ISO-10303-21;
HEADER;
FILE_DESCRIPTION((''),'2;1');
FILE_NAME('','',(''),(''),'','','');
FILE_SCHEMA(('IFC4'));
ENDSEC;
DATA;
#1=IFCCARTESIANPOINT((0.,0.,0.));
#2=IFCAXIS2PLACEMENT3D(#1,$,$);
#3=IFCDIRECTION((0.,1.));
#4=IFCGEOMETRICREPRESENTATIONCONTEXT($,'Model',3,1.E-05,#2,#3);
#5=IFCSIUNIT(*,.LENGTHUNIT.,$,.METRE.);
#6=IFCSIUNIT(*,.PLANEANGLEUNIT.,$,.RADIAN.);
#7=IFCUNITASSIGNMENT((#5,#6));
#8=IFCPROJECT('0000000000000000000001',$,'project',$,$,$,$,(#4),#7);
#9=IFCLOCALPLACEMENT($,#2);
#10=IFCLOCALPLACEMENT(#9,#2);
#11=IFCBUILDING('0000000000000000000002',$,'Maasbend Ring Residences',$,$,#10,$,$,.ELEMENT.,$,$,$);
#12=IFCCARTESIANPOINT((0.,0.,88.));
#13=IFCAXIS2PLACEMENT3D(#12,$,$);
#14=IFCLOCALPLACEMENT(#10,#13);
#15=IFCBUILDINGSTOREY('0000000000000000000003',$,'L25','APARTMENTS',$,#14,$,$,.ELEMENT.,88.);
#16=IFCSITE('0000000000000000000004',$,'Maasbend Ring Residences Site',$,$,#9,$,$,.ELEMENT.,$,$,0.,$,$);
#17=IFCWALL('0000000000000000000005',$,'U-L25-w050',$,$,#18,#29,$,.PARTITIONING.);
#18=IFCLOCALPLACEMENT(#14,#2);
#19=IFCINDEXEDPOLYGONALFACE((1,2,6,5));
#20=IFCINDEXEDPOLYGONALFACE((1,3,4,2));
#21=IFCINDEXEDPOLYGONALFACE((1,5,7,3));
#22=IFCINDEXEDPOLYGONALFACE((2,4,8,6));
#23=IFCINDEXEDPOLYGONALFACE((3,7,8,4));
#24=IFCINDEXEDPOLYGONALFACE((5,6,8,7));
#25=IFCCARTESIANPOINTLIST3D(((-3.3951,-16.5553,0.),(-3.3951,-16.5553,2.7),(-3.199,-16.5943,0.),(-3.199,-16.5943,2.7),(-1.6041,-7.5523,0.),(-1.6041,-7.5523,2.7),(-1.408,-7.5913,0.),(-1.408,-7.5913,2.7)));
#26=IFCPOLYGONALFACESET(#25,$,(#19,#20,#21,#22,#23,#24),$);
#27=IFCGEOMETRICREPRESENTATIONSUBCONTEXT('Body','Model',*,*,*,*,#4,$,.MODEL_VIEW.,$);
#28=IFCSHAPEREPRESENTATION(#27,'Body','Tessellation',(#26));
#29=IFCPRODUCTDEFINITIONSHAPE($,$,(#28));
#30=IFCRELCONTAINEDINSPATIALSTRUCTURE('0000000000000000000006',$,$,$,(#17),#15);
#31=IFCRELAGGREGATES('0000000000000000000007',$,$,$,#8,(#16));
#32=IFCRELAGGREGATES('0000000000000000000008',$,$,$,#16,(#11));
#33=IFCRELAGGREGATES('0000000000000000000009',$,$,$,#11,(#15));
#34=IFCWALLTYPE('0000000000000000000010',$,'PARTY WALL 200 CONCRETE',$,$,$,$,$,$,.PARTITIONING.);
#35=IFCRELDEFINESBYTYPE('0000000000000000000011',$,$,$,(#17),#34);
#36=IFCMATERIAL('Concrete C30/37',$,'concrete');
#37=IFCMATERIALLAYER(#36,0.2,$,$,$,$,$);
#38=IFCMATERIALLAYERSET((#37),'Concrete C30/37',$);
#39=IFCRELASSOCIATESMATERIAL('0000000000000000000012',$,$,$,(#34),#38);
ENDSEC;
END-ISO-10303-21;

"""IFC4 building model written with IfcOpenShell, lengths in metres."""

from ifc_helpers import new_model, si_unit, direction, frame, frame_2d, origin, place, context, subcontext, project, spatial, rectangle, extrude, material, layer, layer_set, type_object, element, save


model = new_model("IFC4")

# Units and contexts
model_context = context("Model", 3, precision=1e-05, world=origin(), true_north=direction((0.0, 1.0)))
body_context = subcontext(model_context, "Body", "Model", "MODEL_VIEW")
ifc_project = project(units=[si_unit("LENGTHUNIT", "METRE"), si_unit("PLANEANGLEUNIT", "RADIAN")], contexts=[model_context])

# Site, building, storey
site_placement = place(None, origin())
site = spatial("IfcSite", under=ifc_project, at=site_placement, Name="Maasbend Ring Residences Site", CompositionType="ELEMENT", RefElevation=0.0)
building_placement = place(site_placement, origin())
building = spatial("IfcBuilding", under=site, at=building_placement, Name="Maasbend Ring Residences", CompositionType="ELEMENT")
storey_placement = place(building_placement, frame((0.0, 0.0, 88.0)))
storey = spatial("IfcBuildingStorey", under=building, at=storey_placement, Name="L25", Description="APARTMENTS", CompositionType="ELEMENT", Elevation=88.0)

# Wall
ifc_material_1 = material(Name="Concrete C30/37", Category="concrete")
ifc_layer_1 = layer(ifc_material_1, 0.2)
ifc_layer_set_1 = layer_set([ifc_layer_1], Name="Concrete C30/37")
wall_type_1 = type_object("IfcWallType", Name="PARTY WALL 200 CONCRETE", PredefinedType="PARTITIONING", material=ifc_layer_set_1)
wall_1_placement = place(storey_placement, frame((-3.2971, -16.575, 0.0), z_axis=(0.0, 0.0, 1.0), x_axis=(0.195114, 0.980781, 0.0)))
element("IfcWall", 1, at=wall_1_placement, inside=storey, type_object=wall_type_1, Name="U-L25-w050", PredefinedType="PARTITIONING", context=body_context, shape_type="SweptSolid", body=[
    extrude(rectangle(XDim=9.1794, YDim=0.2, at=frame_2d((4.5898, 0.0))), origin(), (0.0, 0.0, 1.0), 2.7),
])

save(model, "model.ifc")
